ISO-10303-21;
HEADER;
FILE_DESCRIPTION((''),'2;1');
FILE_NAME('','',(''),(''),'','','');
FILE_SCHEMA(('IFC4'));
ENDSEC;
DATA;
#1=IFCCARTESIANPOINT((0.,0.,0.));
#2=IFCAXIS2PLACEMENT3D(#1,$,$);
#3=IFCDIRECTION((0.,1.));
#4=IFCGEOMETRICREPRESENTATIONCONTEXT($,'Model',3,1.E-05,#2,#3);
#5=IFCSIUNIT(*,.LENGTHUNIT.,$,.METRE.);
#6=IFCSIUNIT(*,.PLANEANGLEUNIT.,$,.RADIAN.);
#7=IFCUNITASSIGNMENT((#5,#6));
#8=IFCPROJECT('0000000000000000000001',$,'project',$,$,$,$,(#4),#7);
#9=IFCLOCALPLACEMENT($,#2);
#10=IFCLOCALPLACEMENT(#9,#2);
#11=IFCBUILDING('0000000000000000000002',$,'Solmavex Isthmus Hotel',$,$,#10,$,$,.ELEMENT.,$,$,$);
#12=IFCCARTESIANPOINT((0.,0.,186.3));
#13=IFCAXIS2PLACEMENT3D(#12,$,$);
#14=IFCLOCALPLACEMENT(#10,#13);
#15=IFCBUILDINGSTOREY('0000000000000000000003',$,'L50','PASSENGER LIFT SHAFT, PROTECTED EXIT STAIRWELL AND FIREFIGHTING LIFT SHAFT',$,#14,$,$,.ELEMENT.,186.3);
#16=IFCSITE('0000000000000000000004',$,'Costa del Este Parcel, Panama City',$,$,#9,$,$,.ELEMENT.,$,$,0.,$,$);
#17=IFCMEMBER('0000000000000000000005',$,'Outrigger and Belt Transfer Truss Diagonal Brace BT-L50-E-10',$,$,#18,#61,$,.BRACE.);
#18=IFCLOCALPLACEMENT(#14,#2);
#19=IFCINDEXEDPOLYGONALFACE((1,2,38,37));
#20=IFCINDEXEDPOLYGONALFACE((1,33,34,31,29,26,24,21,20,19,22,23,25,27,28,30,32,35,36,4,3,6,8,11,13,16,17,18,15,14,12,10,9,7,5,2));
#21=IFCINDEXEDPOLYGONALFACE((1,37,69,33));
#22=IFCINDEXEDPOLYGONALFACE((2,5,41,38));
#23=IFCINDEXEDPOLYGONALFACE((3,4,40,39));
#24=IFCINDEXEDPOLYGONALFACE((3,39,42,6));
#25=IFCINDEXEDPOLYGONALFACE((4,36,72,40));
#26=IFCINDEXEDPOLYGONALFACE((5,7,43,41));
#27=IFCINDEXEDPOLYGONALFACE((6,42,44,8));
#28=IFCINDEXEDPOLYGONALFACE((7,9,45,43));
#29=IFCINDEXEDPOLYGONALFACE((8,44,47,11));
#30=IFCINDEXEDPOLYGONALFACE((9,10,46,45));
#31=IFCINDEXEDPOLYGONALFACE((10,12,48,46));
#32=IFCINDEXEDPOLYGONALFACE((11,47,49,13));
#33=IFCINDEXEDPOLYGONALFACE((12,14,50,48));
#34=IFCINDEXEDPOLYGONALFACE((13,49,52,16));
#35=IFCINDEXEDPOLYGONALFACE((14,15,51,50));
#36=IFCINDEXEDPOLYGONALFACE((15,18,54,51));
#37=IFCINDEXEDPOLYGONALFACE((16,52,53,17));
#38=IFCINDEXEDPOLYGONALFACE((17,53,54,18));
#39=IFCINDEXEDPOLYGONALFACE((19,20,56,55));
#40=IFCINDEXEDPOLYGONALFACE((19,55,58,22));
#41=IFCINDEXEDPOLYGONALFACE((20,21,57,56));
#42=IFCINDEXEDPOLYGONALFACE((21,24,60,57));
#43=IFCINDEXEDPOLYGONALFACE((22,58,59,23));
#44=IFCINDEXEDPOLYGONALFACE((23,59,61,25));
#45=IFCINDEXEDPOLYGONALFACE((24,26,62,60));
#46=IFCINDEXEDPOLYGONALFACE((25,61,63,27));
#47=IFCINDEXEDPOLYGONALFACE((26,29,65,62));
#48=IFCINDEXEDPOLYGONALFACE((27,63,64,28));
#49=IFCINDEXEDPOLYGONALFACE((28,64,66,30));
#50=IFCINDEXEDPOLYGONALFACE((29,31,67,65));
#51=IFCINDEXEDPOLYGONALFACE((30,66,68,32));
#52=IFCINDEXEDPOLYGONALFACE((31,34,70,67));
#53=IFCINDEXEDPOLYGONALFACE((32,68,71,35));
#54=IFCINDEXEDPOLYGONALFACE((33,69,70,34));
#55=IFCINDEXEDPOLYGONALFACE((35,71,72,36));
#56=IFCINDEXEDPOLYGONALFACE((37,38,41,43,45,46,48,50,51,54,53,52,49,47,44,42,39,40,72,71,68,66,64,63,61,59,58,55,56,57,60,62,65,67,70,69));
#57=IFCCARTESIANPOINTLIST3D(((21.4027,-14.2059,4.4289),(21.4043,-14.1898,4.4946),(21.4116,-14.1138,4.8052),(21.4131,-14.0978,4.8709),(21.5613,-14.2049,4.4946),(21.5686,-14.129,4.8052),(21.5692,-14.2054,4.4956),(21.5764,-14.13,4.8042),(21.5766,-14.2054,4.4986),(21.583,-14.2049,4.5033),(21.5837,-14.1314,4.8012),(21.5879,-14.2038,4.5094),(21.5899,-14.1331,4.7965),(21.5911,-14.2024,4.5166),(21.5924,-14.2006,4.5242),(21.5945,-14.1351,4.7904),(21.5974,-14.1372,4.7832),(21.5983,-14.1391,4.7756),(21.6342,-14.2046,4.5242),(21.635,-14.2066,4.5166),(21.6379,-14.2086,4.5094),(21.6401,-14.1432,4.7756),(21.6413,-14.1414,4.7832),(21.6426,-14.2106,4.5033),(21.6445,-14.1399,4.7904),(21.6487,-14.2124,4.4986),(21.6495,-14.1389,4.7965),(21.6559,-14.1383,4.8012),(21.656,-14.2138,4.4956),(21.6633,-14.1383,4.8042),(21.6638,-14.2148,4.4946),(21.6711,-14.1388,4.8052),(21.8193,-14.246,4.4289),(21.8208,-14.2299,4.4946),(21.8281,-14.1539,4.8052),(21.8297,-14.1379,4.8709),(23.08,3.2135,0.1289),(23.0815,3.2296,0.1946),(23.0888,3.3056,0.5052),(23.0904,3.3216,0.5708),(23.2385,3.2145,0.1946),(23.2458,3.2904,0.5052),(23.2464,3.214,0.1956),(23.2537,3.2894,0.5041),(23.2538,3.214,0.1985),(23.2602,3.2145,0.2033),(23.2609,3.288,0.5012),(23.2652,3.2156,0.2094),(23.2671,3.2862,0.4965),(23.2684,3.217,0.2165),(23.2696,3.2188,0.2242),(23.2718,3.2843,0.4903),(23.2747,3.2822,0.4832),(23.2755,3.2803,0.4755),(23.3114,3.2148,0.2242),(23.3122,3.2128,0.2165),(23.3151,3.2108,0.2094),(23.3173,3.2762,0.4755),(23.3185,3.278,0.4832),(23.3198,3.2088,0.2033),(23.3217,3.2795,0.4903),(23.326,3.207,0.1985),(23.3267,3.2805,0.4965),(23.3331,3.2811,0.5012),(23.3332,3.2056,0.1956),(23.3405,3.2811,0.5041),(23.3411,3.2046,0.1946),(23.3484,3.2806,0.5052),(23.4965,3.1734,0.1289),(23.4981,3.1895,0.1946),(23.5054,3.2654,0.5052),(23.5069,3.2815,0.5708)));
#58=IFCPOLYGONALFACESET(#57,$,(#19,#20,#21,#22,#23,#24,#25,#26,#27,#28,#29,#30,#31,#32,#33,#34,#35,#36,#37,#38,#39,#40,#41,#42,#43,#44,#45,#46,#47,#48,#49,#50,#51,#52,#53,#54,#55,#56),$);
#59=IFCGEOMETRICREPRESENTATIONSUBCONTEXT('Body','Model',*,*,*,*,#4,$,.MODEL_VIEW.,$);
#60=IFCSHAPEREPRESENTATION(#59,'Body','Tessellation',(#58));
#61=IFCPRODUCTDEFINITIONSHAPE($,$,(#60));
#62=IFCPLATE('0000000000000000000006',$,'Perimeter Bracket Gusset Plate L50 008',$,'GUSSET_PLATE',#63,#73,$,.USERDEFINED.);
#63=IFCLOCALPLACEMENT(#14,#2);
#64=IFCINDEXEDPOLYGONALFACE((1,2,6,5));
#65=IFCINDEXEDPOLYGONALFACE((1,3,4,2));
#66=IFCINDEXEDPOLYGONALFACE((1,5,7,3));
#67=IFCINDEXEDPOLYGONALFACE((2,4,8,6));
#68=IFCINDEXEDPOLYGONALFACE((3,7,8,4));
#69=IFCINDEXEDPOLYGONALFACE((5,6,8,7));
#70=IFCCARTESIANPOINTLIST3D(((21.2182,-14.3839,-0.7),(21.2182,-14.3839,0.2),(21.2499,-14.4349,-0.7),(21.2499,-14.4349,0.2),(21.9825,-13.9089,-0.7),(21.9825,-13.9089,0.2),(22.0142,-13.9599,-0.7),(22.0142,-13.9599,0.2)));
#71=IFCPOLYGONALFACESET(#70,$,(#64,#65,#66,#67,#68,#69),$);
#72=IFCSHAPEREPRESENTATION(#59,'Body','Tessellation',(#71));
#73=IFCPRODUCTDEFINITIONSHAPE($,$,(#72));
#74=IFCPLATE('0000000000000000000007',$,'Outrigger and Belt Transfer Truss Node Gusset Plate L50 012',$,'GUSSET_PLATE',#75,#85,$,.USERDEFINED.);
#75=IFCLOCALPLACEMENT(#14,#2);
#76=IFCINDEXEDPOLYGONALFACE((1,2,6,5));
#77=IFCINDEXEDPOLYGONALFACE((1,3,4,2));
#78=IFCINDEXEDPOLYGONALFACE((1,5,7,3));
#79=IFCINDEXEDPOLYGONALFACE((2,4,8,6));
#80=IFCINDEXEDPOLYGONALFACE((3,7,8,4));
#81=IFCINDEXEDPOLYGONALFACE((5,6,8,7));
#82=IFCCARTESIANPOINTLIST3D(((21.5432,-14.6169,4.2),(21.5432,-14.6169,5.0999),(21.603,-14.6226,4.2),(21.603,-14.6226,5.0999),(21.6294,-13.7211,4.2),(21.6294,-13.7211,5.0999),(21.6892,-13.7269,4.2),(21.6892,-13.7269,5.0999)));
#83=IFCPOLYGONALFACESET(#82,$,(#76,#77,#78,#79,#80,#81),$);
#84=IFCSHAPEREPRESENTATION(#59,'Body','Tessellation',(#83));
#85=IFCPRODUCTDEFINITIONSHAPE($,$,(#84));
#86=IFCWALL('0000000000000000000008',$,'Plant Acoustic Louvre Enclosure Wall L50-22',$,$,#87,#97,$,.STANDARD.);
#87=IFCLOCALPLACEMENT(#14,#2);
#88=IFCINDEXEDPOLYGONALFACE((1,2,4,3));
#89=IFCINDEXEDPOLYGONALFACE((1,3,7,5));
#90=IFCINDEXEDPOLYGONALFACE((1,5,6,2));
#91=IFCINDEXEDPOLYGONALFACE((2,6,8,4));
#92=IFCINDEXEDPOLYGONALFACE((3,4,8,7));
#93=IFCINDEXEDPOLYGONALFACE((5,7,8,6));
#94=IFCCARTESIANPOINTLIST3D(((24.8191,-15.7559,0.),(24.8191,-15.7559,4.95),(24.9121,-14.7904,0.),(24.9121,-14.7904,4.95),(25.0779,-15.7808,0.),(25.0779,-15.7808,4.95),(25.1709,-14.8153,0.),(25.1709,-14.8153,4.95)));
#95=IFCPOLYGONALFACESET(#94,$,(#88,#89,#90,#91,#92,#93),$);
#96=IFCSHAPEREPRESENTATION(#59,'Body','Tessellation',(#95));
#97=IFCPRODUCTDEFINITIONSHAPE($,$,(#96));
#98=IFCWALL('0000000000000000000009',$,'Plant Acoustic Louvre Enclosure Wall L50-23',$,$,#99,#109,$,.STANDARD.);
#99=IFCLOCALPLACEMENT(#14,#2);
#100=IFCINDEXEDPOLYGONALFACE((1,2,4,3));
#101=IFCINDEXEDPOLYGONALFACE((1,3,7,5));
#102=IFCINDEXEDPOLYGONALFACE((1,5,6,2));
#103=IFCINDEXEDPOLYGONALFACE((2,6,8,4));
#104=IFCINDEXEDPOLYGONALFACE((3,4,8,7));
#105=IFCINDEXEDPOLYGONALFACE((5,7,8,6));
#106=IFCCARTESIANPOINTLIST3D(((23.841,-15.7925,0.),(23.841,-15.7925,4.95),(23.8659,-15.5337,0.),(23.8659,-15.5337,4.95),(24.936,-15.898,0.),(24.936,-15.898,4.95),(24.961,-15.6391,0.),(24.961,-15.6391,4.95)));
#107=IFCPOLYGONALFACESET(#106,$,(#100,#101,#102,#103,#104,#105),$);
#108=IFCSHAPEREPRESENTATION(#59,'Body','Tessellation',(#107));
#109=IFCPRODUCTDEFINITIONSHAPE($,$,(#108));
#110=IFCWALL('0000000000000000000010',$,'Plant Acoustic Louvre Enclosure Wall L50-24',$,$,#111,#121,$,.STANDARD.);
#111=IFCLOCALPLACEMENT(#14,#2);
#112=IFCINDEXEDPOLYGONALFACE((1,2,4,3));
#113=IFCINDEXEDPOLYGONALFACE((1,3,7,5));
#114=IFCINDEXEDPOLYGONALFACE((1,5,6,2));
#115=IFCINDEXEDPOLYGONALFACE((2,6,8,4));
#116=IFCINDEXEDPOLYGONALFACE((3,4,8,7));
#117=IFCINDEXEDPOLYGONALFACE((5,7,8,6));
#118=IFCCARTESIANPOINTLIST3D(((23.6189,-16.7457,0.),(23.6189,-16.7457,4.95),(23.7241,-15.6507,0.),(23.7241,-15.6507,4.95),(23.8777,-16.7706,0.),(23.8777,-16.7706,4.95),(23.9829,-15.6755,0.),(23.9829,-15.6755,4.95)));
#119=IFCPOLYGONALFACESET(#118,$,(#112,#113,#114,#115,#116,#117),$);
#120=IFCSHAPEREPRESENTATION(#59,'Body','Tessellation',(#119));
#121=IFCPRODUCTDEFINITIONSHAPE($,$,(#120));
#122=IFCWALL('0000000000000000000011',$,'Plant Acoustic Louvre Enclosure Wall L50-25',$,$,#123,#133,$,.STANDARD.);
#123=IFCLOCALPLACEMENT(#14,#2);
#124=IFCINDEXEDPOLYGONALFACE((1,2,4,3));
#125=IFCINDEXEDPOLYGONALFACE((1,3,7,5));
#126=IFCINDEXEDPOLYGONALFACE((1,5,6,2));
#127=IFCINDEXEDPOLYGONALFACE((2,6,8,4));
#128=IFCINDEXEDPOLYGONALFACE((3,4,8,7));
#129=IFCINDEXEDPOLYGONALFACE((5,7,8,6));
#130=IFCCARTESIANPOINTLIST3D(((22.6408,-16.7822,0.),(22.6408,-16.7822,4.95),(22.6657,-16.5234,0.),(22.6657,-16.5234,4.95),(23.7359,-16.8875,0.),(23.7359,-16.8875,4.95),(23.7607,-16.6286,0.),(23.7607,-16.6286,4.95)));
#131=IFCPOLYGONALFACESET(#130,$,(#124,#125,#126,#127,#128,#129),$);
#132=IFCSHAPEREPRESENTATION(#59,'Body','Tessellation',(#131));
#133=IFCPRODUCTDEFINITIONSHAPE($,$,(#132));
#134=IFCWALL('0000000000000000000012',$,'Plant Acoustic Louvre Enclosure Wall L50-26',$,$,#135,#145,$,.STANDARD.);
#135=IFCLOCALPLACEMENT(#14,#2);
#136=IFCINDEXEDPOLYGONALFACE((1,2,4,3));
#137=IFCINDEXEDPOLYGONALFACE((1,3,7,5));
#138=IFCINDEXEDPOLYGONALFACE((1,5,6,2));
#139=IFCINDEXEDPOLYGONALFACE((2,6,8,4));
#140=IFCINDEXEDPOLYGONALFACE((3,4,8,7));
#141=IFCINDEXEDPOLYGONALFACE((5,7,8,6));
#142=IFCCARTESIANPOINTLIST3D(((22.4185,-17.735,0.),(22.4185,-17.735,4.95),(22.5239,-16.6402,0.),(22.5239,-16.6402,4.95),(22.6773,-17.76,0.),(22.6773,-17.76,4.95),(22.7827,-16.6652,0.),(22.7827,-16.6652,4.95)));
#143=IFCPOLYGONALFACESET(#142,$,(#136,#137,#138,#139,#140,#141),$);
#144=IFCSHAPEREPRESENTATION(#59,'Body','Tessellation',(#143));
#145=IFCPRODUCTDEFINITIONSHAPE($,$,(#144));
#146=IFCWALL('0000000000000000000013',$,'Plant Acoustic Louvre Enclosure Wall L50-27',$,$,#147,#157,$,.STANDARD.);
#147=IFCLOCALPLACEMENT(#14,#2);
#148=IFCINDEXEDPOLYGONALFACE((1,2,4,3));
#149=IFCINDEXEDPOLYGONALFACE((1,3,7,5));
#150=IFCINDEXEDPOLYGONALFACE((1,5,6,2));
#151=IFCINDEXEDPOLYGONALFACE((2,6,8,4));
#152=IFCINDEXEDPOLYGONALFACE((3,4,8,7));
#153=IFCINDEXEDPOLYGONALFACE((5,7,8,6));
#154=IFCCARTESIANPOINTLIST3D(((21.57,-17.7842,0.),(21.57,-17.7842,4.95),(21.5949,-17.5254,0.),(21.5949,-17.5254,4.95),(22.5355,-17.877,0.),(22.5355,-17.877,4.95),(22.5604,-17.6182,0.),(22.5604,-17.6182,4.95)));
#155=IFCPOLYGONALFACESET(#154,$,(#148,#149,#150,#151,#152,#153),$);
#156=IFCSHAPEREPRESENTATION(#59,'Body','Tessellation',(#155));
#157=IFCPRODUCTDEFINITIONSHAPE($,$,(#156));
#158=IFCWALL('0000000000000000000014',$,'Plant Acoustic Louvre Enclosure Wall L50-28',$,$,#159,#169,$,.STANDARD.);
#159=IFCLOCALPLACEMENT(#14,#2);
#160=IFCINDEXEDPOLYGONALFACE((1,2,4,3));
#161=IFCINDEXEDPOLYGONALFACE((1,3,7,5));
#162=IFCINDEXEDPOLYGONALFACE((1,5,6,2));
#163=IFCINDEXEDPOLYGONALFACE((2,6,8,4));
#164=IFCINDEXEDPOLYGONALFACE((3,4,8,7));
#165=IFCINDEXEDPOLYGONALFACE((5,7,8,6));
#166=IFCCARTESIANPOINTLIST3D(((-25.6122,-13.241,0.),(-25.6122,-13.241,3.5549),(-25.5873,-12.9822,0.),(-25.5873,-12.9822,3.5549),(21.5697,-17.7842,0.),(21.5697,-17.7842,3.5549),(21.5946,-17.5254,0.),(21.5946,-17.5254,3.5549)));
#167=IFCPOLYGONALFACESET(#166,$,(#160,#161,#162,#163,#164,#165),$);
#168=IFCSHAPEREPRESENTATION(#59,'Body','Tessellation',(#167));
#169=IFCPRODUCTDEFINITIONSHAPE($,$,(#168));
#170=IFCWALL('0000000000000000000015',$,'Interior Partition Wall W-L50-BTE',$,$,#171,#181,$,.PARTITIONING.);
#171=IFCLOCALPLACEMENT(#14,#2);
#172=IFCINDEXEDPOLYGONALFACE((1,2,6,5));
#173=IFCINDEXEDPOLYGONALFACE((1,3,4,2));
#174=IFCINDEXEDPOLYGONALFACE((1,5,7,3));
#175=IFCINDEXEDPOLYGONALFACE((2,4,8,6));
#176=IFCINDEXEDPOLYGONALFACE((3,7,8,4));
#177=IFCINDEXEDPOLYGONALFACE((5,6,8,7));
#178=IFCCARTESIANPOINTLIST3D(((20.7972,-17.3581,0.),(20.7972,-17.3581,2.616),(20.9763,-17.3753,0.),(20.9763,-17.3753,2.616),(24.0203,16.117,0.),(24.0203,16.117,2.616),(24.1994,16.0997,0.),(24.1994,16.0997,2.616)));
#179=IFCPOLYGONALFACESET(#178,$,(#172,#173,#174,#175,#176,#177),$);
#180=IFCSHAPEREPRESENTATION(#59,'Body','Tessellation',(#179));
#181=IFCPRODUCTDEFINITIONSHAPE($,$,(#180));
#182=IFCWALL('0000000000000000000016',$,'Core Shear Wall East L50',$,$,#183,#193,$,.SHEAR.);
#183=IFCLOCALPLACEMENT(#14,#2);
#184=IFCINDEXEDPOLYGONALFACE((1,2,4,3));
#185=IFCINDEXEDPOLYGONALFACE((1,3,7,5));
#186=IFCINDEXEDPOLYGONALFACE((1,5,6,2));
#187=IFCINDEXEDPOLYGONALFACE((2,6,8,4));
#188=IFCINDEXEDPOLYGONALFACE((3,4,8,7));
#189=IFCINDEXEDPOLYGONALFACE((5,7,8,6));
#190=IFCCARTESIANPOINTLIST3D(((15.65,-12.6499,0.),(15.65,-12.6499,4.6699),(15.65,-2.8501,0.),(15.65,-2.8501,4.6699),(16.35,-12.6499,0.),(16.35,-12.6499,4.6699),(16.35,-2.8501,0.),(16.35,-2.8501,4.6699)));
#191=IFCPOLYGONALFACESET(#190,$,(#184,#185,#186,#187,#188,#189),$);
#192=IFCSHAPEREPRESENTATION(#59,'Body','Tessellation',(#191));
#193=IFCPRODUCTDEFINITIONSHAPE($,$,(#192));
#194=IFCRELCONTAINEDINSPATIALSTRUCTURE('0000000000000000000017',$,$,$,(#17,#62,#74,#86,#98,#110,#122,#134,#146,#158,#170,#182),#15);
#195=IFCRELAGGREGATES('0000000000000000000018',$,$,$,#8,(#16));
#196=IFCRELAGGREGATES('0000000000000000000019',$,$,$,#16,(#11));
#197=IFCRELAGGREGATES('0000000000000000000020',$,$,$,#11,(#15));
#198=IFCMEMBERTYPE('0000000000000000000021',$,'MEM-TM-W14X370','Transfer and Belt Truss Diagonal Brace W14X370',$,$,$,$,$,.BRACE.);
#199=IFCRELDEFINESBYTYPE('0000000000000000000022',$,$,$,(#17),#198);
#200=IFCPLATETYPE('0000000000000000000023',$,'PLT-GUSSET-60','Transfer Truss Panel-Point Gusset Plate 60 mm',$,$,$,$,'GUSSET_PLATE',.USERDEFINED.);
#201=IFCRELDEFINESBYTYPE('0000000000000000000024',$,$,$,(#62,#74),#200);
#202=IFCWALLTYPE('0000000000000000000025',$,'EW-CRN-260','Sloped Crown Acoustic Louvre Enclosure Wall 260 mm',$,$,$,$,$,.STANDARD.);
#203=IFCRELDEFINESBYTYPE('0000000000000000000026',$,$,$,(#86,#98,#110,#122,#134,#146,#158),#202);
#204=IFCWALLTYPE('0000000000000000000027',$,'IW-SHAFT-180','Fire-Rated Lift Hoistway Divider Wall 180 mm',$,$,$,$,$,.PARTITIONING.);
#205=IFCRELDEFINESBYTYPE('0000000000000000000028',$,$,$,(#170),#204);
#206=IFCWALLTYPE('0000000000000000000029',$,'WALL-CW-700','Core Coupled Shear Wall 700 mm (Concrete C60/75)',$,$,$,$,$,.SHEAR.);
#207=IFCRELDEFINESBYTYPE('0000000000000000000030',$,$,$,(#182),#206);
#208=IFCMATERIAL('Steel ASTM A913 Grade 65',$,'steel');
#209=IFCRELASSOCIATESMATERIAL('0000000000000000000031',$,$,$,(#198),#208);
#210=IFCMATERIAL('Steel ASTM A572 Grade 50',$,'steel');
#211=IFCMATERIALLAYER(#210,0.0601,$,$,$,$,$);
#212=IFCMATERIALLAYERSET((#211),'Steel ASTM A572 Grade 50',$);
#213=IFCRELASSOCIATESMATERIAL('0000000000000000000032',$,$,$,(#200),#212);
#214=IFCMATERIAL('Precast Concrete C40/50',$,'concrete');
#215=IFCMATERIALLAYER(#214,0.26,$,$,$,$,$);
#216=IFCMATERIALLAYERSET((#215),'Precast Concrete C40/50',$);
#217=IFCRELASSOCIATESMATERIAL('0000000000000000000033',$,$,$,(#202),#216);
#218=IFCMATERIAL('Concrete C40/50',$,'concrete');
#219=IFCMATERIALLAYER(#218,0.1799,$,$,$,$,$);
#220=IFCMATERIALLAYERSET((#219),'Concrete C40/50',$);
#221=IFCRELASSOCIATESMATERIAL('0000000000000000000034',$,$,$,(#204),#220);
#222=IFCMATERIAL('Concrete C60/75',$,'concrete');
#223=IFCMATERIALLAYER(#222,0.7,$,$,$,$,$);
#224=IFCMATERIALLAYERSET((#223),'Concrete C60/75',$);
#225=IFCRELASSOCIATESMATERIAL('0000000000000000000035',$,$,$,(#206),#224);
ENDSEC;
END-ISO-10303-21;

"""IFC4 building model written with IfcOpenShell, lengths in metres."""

from ifc_helpers import new_model, si_unit, direction, frame, frame_2d, origin, origin_2d, place, context, subcontext, project, spatial, rectangle, i_section, extrude, material, layer, layer_set, material_profile, profile_set, type_object, element, save


model = new_model("IFC4")

# Units and contexts
model_context = context("Model", 3, precision=1e-05, world=origin(), true_north=direction((0.0, 1.0)))
body_context = subcontext(model_context, "Body", "Model", "MODEL_VIEW")
ifc_project = project(units=[si_unit("LENGTHUNIT", "METRE"), si_unit("PLANEANGLEUNIT", "RADIAN")], contexts=[model_context])

# Site, building, storey
site_placement = place(None, origin())
site = spatial("IfcSite", under=ifc_project, at=site_placement, Name="Costa del Este Parcel, Panama City", CompositionType="ELEMENT", RefElevation=0.0)
building_placement = place(site_placement, origin())
building = spatial("IfcBuilding", under=site, at=building_placement, Name="Solmavex Isthmus Hotel", CompositionType="ELEMENT")
storey_placement = place(building_placement, frame((0.0, 0.0, 186.3)))
storey = spatial("IfcBuildingStorey", under=building, at=storey_placement, Name="L50", Description="PASSENGER LIFT SHAFT, PROTECTED EXIT STAIRWELL AND FIREFIGHTING LIFT SHAFT", CompositionType="ELEMENT", Elevation=186.3)

# Shared definitions
ifc_material_1 = material(Name="Concrete C60/75", Category="concrete")
ifc_material_2 = material(Name="Steel ASTM A913 Grade 65", Category="steel")

# Member
ifc_material_profile_1 = material_profile(ifc_material_2, i_section(OverallWidth=0.4185, OverallDepth=0.4551, WebThickness=0.042, FlangeThickness=0.0676, FilletRadius=0.0305, at=origin_2d()), Name="W14X370")
ifc_profile_set_1 = profile_set([ifc_material_profile_1], Name="Steel ASTM A913 Grade 65")
member_type_1 = type_object("IfcMemberType", Name="MEM-TM-W14X370", Description="Transfer and Belt Truss Diagonal Brace W14X370", PredefinedType="BRACE", material=ifc_profile_set_1)
member_1_placement = place(storey_placement, frame((21.6162, -14.1719, 4.6499), z_axis=(0.093074, 0.966643, -0.238619), x_axis=(-0.995396, 0.095843, 0.0)))
element("IfcMember", 1, at=member_1_placement, inside=storey, type_object=member_type_1, Name="Outrigger and Belt Transfer Truss Diagonal Brace BT-L50-E-10", PredefinedType="BRACE", context=body_context, shape_type="SweptSolid", body=[
    extrude(i_section(OverallWidth=0.4185, OverallDepth=0.4551, WebThickness=0.042, FlangeThickness=0.0676, FilletRadius=0.0305, at=origin_2d()), origin(), (0.0, 0.0, 1.0), 18.0205),
])

# Plates
ifc_material_3 = material(Name="Steel ASTM A572 Grade 50", Category="steel")
ifc_layer_1 = layer(ifc_material_3, 0.0601)
ifc_layer_set_1 = layer_set([ifc_layer_1], Name="Steel ASTM A572 Grade 50")
plate_type = type_object("IfcPlateType", Name="PLT-GUSSET-60", Description="Transfer Truss Panel-Point Gusset Plate 60 mm", ElementType="GUSSET_PLATE", PredefinedType="USERDEFINED", material=ifc_layer_set_1)
for number, where, z_axis, x_axis, name in (
    (2, (21.6162, -14.1719, -0.7), (0.0, 0.0, 1.0), (0.849368, 0.527801, 0.0), "Perimeter Bracket Gusset Plate L50 008"),
    (3, (21.6162, -14.1719, 4.2), (0.0, 0.0, 1.0), (0.095846, 0.995396, 0.0), "Outrigger and Belt Transfer Truss Node Gusset Plate L50 012"),
):
    element("IfcPlate", number, at=place(storey_placement, frame(where, z_axis=z_axis, x_axis=x_axis)), inside=storey, type_object=plate_type, Name=name, ObjectType="GUSSET_PLATE", PredefinedType="USERDEFINED", context=body_context, shape_type="SweptSolid", body=[
        extrude(rectangle(XDim=0.8999, YDim=0.0601, at=origin_2d()), origin(), (0.0, 0.0, 1.0), 0.8999),
    ])

# Walls
ifc_material_4 = material(Name="Precast Concrete C40/50", Category="concrete")
ifc_layer_2 = layer(ifc_material_4, 0.26)
ifc_layer_set_2 = layer_set([ifc_layer_2], Name="Precast Concrete C40/50")
wall_type_1 = type_object("IfcWallType", Name="EW-CRN-260", Description="Sloped Crown Acoustic Louvre Enclosure Wall 260 mm", PredefinedType="STANDARD", material=ifc_layer_set_2)
wall_1_placement = place(storey_placement, frame((25.0415, -14.803, 0.0), z_axis=(0.0, 0.0, 1.0), x_axis=(-0.09589, -0.995392, 0.0)))
element("IfcWall", 4, at=wall_1_placement, inside=storey, type_object=wall_type_1, Name="Plant Acoustic Louvre Enclosure Wall L50-22", PredefinedType="STANDARD", context=body_context, shape_type="SweptSolid", body=[
    extrude(rectangle(XDim=0.97, YDim=0.26, at=frame_2d((0.4849, 0.0))), origin(), (0.0, 0.0, 1.0), 4.95),
])
for number, where, z_axis, x_axis, name in (
    (5, (24.9485, -15.7686, 0.0), (0.0, 0.0, 1.0), (-0.995393, 0.095877, 0.0), "Plant Acoustic Louvre Enclosure Wall L50-23"),
    (6, (23.8535, -15.6631, 0.0), (0.0, 0.0, 1.0), (-0.095657, -0.995414, 0.0), "Plant Acoustic Louvre Enclosure Wall L50-24"),
    (7, (23.7483, -16.7581, 0.0), (0.0, 0.0, 1.0), (-0.995414, 0.095657, 0.0), "Plant Acoustic Louvre Enclosure Wall L50-25"),
):
    element("IfcWall", number, at=place(storey_placement, frame(where, z_axis=z_axis, x_axis=x_axis)), inside=storey, type_object=wall_type_1, Name=name, PredefinedType="STANDARD", context=body_context, shape_type="SweptSolid", body=[
        extrude(rectangle(XDim=1.1001, YDim=0.26, at=frame_2d((0.55, 0.0))), origin(), (0.0, 0.0, 1.0), 4.95),
    ])
wall_2_placement = place(storey_placement, frame((22.6533, -16.6528, 0.0), z_axis=(0.0, 0.0, 1.0), x_axis=(-0.095899, -0.995391, 0.0)))
element("IfcWall", 8, at=wall_2_placement, inside=storey, type_object=wall_type_1, Name="Plant Acoustic Louvre Enclosure Wall L50-26", PredefinedType="STANDARD", context=body_context, shape_type="SweptSolid", body=[
    extrude(rectangle(XDim=1.0999, YDim=0.26, at=frame_2d((0.5498, 0.0))), origin(), (0.0, 0.0, 1.0), 4.95),
])
wall_3_placement = place(storey_placement, frame((22.5479, -17.7476, 0.0), z_axis=(0.0, 0.0, 1.0), x_axis=(-0.995416, 0.09564, 0.0)))
element("IfcWall", 9, at=wall_3_placement, inside=storey, type_object=wall_type_1, Name="Plant Acoustic Louvre Enclosure Wall L50-27", PredefinedType="STANDARD", context=body_context, shape_type="SweptSolid", body=[
    extrude(rectangle(XDim=0.97, YDim=0.26, at=frame_2d((0.4849, 0.0))), origin(), (0.0, 0.0, 1.0), 4.95),
])
wall_4_placement = place(storey_placement, frame((21.5823, -17.6548, 0.0), z_axis=(0.0, 0.0, 1.0), x_axis=(-0.995396, 0.095848, 0.0)))
element("IfcWall", 10, at=wall_4_placement, inside=storey, type_object=wall_type_1, Name="Plant Acoustic Louvre Enclosure Wall L50-28", PredefinedType="STANDARD", context=body_context, shape_type="SweptSolid", body=[
    extrude(rectangle(XDim=47.4001, YDim=0.26, at=frame_2d((23.7002, 0.0))), origin(), (0.0, 0.0, 1.0), 3.5549),
])
ifc_material_5 = material(Name="Concrete C40/50", Category="concrete")
ifc_layer_3 = layer(ifc_material_5, 0.1799)
ifc_layer_set_3 = layer_set([ifc_layer_3], Name="Concrete C40/50")
wall_type_2 = type_object("IfcWallType", Name="IW-SHAFT-180", Description="Fire-Rated Lift Hoistway Divider Wall 180 mm", PredefinedType="PARTITIONING", material=ifc_layer_set_3)
wall_5_placement = place(storey_placement, frame((20.8867, -17.3667, 0.0), z_axis=(0.0, 0.0, 1.0), x_axis=(0.095842, 0.995397, 0.0)))
element("IfcWall", 11, at=wall_5_placement, inside=storey, type_object=wall_type_2, Name="Interior Partition Wall W-L50-BTE", PredefinedType="PARTITIONING", context=body_context, shape_type="SweptSolid", body=[
    extrude(rectangle(XDim=33.6299, YDim=0.1799, at=frame_2d((16.8149, 0.0))), origin(), (0.0, 0.0, 1.0), 2.616),
])
ifc_layer_4 = layer(ifc_material_1, 0.7)
ifc_layer_set_4 = layer_set([ifc_layer_4], Name="Concrete C60/75")
wall_type_3 = type_object("IfcWallType", Name="WALL-CW-700", Description="Core Coupled Shear Wall 700 mm (Concrete C60/75)", PredefinedType="SHEAR", material=ifc_layer_set_4)
wall_6_placement = place(storey_placement, frame((16.0, -12.6499, 0.0), z_axis=(0.0, 0.0, 1.0), x_axis=(0.0, 1.0, 0.0)))
element("IfcWall", 12, at=wall_6_placement, inside=storey, type_object=wall_type_3, Name="Core Shear Wall East L50", PredefinedType="SHEAR", context=body_context, shape_type="SweptSolid", body=[
    extrude(rectangle(XDim=9.7998, YDim=0.7, at=frame_2d((4.8999, 0.0))), origin(), (0.0, 0.0, 1.0), 4.6699),
])

save(model, "model.ifc")
